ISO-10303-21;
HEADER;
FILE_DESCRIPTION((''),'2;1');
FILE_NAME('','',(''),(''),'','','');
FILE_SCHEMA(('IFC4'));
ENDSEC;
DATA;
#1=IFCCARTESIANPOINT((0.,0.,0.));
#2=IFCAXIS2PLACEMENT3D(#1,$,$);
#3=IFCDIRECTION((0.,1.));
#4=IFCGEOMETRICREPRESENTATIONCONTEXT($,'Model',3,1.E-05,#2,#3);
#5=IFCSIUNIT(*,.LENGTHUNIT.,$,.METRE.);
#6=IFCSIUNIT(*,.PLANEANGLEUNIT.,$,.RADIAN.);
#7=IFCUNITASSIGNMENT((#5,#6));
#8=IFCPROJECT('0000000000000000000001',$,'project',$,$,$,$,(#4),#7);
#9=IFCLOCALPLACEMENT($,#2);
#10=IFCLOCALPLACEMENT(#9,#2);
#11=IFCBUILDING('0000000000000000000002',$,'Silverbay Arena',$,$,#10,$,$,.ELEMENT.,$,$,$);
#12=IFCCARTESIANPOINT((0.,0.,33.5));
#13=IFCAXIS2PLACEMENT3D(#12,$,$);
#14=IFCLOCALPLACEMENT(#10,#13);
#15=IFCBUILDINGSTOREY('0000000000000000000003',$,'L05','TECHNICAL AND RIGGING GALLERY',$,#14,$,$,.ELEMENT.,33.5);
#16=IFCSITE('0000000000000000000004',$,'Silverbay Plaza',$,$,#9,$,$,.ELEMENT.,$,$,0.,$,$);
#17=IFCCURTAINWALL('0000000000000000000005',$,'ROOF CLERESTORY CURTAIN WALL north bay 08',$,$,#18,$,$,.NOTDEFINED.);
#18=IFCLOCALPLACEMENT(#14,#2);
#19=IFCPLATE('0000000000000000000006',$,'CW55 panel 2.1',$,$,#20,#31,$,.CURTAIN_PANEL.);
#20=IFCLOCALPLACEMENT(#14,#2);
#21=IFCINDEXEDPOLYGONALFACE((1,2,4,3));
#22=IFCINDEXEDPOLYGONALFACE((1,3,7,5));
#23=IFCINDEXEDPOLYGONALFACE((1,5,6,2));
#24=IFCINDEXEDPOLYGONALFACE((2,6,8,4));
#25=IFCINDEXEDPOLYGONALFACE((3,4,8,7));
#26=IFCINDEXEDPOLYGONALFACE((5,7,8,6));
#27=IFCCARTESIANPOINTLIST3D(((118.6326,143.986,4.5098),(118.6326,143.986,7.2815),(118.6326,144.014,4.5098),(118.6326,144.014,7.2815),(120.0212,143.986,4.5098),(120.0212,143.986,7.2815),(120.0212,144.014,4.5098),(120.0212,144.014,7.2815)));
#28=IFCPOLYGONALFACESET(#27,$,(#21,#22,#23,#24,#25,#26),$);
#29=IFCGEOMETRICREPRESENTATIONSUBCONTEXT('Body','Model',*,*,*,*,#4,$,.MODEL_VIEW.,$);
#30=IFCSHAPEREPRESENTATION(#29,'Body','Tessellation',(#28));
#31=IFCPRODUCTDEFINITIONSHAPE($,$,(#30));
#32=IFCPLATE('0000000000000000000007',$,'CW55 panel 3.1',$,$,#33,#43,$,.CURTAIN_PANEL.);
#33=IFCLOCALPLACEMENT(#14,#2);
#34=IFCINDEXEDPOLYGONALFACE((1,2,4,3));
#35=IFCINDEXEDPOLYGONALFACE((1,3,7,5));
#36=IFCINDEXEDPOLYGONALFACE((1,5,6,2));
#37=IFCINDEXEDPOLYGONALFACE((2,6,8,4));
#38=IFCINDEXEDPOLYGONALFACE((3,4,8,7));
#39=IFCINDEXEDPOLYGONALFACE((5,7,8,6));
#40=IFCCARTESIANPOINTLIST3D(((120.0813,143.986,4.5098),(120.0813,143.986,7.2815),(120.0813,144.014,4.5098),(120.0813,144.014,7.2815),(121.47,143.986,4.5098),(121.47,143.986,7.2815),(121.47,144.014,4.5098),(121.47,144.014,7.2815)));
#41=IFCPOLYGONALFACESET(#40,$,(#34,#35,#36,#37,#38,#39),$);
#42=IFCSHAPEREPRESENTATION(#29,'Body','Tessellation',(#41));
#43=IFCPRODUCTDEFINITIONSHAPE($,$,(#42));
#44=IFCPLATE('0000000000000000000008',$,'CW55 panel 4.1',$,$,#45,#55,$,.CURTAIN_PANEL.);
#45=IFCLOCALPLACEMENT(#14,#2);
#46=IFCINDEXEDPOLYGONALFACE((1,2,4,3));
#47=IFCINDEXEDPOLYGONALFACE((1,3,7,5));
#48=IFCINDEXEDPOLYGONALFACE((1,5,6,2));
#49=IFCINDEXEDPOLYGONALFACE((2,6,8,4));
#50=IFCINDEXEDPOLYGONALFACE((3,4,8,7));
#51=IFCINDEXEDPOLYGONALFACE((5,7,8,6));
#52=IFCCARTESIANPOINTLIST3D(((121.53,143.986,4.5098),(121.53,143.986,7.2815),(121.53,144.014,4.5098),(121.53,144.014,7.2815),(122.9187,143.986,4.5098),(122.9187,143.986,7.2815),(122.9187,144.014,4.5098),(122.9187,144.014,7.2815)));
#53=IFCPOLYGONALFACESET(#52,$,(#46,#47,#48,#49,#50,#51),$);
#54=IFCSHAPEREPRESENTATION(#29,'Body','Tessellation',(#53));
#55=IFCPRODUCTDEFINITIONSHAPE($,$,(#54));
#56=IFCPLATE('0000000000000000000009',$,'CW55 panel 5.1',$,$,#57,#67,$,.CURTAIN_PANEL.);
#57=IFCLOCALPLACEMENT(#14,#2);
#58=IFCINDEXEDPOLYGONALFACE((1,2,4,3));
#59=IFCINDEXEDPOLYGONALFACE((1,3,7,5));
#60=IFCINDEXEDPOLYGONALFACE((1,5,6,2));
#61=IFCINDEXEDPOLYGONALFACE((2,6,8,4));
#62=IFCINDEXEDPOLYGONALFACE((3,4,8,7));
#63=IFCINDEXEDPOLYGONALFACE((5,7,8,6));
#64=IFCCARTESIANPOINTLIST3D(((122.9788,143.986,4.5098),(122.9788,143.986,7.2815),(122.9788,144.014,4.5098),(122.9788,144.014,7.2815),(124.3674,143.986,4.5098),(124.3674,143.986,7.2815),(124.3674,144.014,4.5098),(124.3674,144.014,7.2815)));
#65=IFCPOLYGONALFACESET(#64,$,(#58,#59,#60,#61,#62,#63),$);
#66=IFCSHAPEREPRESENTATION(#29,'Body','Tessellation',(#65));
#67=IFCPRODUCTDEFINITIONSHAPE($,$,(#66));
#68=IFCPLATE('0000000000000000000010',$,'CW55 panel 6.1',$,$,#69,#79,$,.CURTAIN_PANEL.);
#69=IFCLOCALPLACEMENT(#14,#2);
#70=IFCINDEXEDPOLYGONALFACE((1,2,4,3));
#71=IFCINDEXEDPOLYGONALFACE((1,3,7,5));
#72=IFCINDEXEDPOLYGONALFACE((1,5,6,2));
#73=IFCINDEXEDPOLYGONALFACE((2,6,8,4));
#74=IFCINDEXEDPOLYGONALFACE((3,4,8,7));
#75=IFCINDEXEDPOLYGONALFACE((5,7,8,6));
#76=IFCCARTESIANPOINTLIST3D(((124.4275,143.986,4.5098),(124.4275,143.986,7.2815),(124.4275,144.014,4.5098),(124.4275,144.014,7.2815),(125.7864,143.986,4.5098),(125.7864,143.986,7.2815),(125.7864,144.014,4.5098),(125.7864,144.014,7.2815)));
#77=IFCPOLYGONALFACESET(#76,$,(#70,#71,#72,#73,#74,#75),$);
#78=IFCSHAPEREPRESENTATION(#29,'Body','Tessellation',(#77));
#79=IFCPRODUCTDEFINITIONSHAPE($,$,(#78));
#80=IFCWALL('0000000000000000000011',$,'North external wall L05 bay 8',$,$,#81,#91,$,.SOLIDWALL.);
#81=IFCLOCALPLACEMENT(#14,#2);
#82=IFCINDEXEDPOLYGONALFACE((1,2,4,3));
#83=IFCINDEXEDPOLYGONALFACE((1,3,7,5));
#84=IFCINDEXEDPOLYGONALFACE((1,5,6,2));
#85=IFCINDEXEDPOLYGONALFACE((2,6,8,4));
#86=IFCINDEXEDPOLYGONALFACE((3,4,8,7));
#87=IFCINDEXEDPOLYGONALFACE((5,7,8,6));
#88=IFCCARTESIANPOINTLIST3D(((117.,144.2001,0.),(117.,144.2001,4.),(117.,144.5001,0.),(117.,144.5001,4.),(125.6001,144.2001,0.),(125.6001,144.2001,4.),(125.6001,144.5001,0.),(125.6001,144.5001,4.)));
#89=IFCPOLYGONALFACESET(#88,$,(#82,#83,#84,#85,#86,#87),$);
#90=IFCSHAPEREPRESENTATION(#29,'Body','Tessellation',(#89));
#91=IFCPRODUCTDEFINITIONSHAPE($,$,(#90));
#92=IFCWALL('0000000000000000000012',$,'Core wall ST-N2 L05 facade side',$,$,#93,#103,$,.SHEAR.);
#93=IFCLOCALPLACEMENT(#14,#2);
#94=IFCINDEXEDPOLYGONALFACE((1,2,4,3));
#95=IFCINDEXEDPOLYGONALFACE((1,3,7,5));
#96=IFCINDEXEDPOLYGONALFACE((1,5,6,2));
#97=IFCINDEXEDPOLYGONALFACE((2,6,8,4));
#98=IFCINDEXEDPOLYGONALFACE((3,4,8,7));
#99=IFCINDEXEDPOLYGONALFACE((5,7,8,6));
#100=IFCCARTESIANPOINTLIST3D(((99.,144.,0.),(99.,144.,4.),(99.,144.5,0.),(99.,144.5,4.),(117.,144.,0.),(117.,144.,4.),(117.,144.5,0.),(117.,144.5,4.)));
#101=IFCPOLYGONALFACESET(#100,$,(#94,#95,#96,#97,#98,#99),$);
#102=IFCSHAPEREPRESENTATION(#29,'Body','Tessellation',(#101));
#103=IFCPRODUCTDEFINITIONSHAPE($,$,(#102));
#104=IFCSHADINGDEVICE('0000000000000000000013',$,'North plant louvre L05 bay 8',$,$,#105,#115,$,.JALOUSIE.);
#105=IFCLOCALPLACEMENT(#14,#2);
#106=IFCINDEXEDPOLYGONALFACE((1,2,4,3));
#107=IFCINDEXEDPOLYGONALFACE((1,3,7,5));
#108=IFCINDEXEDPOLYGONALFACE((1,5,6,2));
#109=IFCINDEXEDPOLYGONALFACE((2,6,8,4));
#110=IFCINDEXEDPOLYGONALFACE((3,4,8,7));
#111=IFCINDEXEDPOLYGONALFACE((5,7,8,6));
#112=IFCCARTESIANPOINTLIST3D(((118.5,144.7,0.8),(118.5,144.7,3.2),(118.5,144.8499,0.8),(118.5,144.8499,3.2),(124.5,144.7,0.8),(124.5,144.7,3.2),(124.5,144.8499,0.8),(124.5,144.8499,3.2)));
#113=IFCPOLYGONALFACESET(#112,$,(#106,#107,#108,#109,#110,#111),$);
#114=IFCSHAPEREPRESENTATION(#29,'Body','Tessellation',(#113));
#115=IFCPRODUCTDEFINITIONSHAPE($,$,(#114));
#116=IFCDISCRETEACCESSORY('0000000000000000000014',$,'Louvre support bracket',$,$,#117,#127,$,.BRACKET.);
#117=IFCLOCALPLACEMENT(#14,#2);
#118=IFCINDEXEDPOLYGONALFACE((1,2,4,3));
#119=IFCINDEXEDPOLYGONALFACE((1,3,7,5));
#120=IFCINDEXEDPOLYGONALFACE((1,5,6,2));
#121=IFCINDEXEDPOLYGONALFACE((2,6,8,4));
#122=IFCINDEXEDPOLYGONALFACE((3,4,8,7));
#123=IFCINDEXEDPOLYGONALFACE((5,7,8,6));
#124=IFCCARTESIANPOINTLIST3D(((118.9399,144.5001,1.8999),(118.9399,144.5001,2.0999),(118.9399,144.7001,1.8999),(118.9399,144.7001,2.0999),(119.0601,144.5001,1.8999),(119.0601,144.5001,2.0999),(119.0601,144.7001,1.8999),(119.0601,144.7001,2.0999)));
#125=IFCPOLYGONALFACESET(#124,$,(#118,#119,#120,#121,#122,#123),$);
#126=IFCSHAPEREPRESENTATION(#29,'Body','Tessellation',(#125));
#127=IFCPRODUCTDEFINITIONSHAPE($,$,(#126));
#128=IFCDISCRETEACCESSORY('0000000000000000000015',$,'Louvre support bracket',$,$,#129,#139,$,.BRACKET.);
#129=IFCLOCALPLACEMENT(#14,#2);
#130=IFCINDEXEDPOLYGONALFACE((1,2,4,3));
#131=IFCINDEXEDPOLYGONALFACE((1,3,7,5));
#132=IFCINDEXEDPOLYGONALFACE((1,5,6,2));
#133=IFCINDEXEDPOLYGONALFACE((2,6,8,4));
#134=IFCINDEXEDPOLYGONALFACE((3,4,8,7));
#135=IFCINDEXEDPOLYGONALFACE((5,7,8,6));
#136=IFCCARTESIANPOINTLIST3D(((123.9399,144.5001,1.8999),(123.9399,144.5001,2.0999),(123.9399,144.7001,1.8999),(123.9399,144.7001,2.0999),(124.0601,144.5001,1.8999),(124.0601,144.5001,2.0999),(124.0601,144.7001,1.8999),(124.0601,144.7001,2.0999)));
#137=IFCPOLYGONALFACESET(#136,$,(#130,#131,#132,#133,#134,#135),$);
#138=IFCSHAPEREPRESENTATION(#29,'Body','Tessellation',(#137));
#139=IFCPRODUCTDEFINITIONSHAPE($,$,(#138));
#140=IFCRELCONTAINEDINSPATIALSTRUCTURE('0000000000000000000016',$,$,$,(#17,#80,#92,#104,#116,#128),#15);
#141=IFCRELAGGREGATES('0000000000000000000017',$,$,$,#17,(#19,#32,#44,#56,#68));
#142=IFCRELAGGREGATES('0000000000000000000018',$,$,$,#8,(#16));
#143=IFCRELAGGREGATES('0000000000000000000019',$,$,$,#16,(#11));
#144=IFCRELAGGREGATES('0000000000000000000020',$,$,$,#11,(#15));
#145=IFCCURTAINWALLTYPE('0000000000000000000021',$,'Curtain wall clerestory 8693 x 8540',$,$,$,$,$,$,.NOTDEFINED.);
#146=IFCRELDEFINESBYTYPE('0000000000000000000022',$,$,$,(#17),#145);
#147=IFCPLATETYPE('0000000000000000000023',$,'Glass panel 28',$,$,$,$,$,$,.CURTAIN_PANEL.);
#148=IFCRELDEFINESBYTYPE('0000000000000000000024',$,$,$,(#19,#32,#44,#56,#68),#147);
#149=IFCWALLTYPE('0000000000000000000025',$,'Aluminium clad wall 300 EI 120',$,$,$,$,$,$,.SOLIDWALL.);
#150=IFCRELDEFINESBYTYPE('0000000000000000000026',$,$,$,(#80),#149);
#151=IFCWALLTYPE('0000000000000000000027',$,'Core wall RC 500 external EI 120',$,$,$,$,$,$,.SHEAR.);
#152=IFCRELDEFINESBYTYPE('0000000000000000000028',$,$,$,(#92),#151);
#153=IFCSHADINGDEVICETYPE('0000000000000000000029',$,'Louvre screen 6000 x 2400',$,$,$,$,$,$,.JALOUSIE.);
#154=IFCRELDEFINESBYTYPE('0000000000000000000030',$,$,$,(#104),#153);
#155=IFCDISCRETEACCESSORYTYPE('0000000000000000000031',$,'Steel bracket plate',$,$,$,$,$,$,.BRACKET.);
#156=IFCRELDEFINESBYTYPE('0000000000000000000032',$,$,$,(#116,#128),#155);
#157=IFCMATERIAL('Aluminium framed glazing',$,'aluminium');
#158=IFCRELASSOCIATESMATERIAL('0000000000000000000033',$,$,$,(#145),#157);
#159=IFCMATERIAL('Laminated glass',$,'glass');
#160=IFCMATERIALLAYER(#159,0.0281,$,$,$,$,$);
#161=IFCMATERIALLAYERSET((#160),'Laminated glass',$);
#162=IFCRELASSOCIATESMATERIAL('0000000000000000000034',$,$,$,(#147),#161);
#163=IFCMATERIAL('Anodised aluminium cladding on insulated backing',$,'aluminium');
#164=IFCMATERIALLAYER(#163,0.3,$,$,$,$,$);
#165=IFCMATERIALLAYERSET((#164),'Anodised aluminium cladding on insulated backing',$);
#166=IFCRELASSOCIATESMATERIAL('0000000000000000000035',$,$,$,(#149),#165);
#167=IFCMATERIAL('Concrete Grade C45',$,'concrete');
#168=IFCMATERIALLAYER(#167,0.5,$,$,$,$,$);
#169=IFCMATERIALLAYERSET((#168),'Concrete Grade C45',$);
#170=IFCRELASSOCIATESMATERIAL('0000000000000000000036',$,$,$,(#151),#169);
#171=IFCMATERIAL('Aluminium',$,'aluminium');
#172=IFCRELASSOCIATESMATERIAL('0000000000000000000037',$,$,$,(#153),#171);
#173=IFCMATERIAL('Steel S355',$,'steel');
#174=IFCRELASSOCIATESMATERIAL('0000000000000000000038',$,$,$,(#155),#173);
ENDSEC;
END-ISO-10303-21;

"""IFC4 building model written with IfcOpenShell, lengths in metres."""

from ifc_helpers import new_model, si_unit, direction, frame, frame_2d, origin, origin_2d, place, context, subcontext, project, spatial, rectangle, extrude, material, layer, layer_set, type_object, element, aggregate, save


model = new_model("IFC4")

# Units and contexts
model_context = context("Model", 3, precision=1e-05, world=origin(), true_north=direction((0.0, 1.0)))
body_context = subcontext(model_context, "Body", "Model", "MODEL_VIEW")
ifc_project = project(units=[si_unit("LENGTHUNIT", "METRE"), si_unit("PLANEANGLEUNIT", "RADIAN")], contexts=[model_context])

# Site, building, storey
site_placement = place(None, origin())
site = spatial("IfcSite", under=ifc_project, at=site_placement, Name="Silverbay Plaza", CompositionType="ELEMENT", RefElevation=0.0)
building_placement = place(site_placement, origin())
building = spatial("IfcBuilding", under=site, at=building_placement, Name="Silverbay Arena", CompositionType="ELEMENT")
storey_placement = place(building_placement, frame((0.0, 0.0, 33.5)))
storey = spatial("IfcBuildingStorey", under=building, at=storey_placement, Name="L05", Description="TECHNICAL AND RIGGING GALLERY", CompositionType="ELEMENT", Elevation=33.5)

# Curtain wall
ifc_material_1 = material(Name="Aluminium framed glazing", Category="aluminium")
curtain_wall_type = type_object("IfcCurtainWallType", Name="Curtain wall clerestory 8693 x 8540", PredefinedType="NOTDEFINED", material=ifc_material_1)
curtain_wall_placement = place(storey_placement, origin())
curtain_wall = element("IfcCurtainWall", 1, at=curtain_wall_placement, inside=storey, type_object=curtain_wall_type, Name="ROOF CLERESTORY CURTAIN WALL north bay 08", PredefinedType="NOTDEFINED")

# Plates
ifc_material_2 = material(Name="Laminated glass", Category="glass")
ifc_layer_1 = layer(ifc_material_2, 0.0281)
ifc_layer_set_1 = layer_set([ifc_layer_1], Name="Laminated glass")
plate_type = type_object("IfcPlateType", Name="Glass panel 28", PredefinedType="CURTAIN_PANEL", material=ifc_layer_set_1)
plate_1_placement = place(storey_placement, frame((119.3269, 144.0, 4.5098), z_axis=(0.0, 0.0, 1.0), x_axis=(1.0, 0.0, 0.0)))
plate_1 = element("IfcPlate", 2, at=plate_1_placement, type_object=plate_type, Name="CW55 panel 2.1", PredefinedType="CURTAIN_PANEL", context=body_context, shape_type="SweptSolid", body=[
    extrude(rectangle(XDim=1.3887, YDim=0.0281, at=origin_2d()), origin(), (0.0, 0.0, 1.0), 2.7717),
])
plate_2_placement = place(storey_placement, frame((120.7756, 144.0, 4.5098), z_axis=(0.0, 0.0, 1.0), x_axis=(1.0, 0.0, 0.0)))
plate_2 = element("IfcPlate", 3, at=plate_2_placement, type_object=plate_type, Name="CW55 panel 3.1", PredefinedType="CURTAIN_PANEL", context=body_context, shape_type="SweptSolid", body=[
    extrude(rectangle(XDim=1.3887, YDim=0.0281, at=origin_2d()), origin(), (0.0, 0.0, 1.0), 2.7717),
])
plate_3_placement = place(storey_placement, frame((122.2244, 144.0, 4.5098), z_axis=(0.0, 0.0, 1.0), x_axis=(1.0, 0.0, 0.0)))
plate_3 = element("IfcPlate", 4, at=plate_3_placement, type_object=plate_type, Name="CW55 panel 4.1", PredefinedType="CURTAIN_PANEL", context=body_context, shape_type="SweptSolid", body=[
    extrude(rectangle(XDim=1.3887, YDim=0.0281, at=origin_2d()), origin(), (0.0, 0.0, 1.0), 2.7717),
])
plate_4_placement = place(storey_placement, frame((123.6731, 144.0, 4.5098), z_axis=(0.0, 0.0, 1.0), x_axis=(1.0, 0.0, 0.0)))
plate_4 = element("IfcPlate", 5, at=plate_4_placement, type_object=plate_type, Name="CW55 panel 5.1", PredefinedType="CURTAIN_PANEL", context=body_context, shape_type="SweptSolid", body=[
    extrude(rectangle(XDim=1.3887, YDim=0.0281, at=origin_2d()), origin(), (0.0, 0.0, 1.0), 2.7717),
])
plate_5_placement = place(storey_placement, frame((125.1069, 144.0, 4.5098), z_axis=(0.0, 0.0, 1.0), x_axis=(1.0, 0.0, 0.0)))
plate_5 = element("IfcPlate", 6, at=plate_5_placement, type_object=plate_type, Name="CW55 panel 6.1", PredefinedType="CURTAIN_PANEL", context=body_context, shape_type="SweptSolid", body=[
    extrude(rectangle(XDim=1.3589, YDim=0.0281, at=origin_2d()), origin(), (0.0, 0.0, 1.0), 2.7717),
])
aggregate(curtain_wall, [plate_1, plate_2, plate_3, plate_4, plate_5])

# Walls
ifc_material_3 = material(Name="Anodised aluminium cladding on insulated backing", Category="aluminium")
ifc_layer_2 = layer(ifc_material_3, 0.3)
ifc_layer_set_2 = layer_set([ifc_layer_2], Name="Anodised aluminium cladding on insulated backing")
wall_type_1 = type_object("IfcWallType", Name="Aluminium clad wall 300 EI 120", PredefinedType="SOLIDWALL", material=ifc_layer_set_2)
wall_1_placement = place(storey_placement, frame((125.6001, 144.3501, 0.0), z_axis=(0.0, 0.0, 1.0), x_axis=(-1.0, 0.0, 0.0)))
element("IfcWall", 7, at=wall_1_placement, inside=storey, type_object=wall_type_1, Name="North external wall L05 bay 8", PredefinedType="SOLIDWALL", context=body_context, shape_type="SweptSolid", body=[
    extrude(rectangle(XDim=8.6001, YDim=0.3, at=frame_2d((4.3, 0.0))), origin(), (0.0, 0.0, 1.0), 4.0),
])
ifc_material_4 = material(Name="Concrete Grade C45", Category="concrete")
ifc_layer_3 = layer(ifc_material_4, 0.5)
ifc_layer_set_3 = layer_set([ifc_layer_3], Name="Concrete Grade C45")
wall_type_2 = type_object("IfcWallType", Name="Core wall RC 500 external EI 120", PredefinedType="SHEAR", material=ifc_layer_set_3)
wall_2_placement = place(storey_placement, frame((117.0, 144.25, 0.0), z_axis=(0.0, 0.0, 1.0), x_axis=(-1.0, 0.0, 0.0)))
element("IfcWall", 8, at=wall_2_placement, inside=storey, type_object=wall_type_2, Name="Core wall ST-N2 L05 facade side", PredefinedType="SHEAR", context=body_context, shape_type="SweptSolid", body=[
    extrude(rectangle(XDim=18.0, YDim=0.5, at=frame_2d((9.0, 0.0))), origin(), (0.0, 0.0, 1.0), 4.0),
])

# Shading device
ifc_material_5 = material(Name="Aluminium", Category="aluminium")
shading_device_type = type_object("IfcShadingDeviceType", Name="Louvre screen 6000 x 2400", PredefinedType="JALOUSIE", material=ifc_material_5)
shading_device_placement = place(storey_placement, frame((121.5, 144.7749, 0.8), z_axis=(0.0, 0.0, 1.0), x_axis=(1.0, 0.0, 0.0)))
element("IfcShadingDevice", 9, at=shading_device_placement, inside=storey, type_object=shading_device_type, Name="North plant louvre L05 bay 8", PredefinedType="JALOUSIE", context=body_context, shape_type="SweptSolid", body=[
    extrude(rectangle(XDim=6.0, YDim=0.1499, at=origin_2d()), origin(), (0.0, 0.0, 1.0), 2.3999),
])

# Discrete accessories
ifc_material_6 = material(Name="Steel S355", Category="steel")
discrete_accessory_type = type_object("IfcDiscreteAccessoryType", Name="Steel bracket plate", PredefinedType="BRACKET", material=ifc_material_6)
for number, where, z_axis, x_axis, name in (
    (10, (119.0, 144.6001, 1.8999), (0.0, 0.0, 1.0), (1.0, 0.0, 0.0), "Louvre support bracket"),
    (11, (124.0, 144.6001, 1.8999), (0.0, 0.0, 1.0), (1.0, 0.0, 0.0), "Louvre support bracket"),
):
    element("IfcDiscreteAccessory", number, at=place(storey_placement, frame(where, z_axis=z_axis, x_axis=x_axis)), inside=storey, type_object=discrete_accessory_type, Name=name, PredefinedType="BRACKET", context=body_context, shape_type="SweptSolid", body=[
        extrude(rectangle(XDim=0.1201, YDim=0.2, at=origin_2d()), origin(), (0.0, 0.0, 1.0), 0.2),
    ])

save(model, "model.ifc")
